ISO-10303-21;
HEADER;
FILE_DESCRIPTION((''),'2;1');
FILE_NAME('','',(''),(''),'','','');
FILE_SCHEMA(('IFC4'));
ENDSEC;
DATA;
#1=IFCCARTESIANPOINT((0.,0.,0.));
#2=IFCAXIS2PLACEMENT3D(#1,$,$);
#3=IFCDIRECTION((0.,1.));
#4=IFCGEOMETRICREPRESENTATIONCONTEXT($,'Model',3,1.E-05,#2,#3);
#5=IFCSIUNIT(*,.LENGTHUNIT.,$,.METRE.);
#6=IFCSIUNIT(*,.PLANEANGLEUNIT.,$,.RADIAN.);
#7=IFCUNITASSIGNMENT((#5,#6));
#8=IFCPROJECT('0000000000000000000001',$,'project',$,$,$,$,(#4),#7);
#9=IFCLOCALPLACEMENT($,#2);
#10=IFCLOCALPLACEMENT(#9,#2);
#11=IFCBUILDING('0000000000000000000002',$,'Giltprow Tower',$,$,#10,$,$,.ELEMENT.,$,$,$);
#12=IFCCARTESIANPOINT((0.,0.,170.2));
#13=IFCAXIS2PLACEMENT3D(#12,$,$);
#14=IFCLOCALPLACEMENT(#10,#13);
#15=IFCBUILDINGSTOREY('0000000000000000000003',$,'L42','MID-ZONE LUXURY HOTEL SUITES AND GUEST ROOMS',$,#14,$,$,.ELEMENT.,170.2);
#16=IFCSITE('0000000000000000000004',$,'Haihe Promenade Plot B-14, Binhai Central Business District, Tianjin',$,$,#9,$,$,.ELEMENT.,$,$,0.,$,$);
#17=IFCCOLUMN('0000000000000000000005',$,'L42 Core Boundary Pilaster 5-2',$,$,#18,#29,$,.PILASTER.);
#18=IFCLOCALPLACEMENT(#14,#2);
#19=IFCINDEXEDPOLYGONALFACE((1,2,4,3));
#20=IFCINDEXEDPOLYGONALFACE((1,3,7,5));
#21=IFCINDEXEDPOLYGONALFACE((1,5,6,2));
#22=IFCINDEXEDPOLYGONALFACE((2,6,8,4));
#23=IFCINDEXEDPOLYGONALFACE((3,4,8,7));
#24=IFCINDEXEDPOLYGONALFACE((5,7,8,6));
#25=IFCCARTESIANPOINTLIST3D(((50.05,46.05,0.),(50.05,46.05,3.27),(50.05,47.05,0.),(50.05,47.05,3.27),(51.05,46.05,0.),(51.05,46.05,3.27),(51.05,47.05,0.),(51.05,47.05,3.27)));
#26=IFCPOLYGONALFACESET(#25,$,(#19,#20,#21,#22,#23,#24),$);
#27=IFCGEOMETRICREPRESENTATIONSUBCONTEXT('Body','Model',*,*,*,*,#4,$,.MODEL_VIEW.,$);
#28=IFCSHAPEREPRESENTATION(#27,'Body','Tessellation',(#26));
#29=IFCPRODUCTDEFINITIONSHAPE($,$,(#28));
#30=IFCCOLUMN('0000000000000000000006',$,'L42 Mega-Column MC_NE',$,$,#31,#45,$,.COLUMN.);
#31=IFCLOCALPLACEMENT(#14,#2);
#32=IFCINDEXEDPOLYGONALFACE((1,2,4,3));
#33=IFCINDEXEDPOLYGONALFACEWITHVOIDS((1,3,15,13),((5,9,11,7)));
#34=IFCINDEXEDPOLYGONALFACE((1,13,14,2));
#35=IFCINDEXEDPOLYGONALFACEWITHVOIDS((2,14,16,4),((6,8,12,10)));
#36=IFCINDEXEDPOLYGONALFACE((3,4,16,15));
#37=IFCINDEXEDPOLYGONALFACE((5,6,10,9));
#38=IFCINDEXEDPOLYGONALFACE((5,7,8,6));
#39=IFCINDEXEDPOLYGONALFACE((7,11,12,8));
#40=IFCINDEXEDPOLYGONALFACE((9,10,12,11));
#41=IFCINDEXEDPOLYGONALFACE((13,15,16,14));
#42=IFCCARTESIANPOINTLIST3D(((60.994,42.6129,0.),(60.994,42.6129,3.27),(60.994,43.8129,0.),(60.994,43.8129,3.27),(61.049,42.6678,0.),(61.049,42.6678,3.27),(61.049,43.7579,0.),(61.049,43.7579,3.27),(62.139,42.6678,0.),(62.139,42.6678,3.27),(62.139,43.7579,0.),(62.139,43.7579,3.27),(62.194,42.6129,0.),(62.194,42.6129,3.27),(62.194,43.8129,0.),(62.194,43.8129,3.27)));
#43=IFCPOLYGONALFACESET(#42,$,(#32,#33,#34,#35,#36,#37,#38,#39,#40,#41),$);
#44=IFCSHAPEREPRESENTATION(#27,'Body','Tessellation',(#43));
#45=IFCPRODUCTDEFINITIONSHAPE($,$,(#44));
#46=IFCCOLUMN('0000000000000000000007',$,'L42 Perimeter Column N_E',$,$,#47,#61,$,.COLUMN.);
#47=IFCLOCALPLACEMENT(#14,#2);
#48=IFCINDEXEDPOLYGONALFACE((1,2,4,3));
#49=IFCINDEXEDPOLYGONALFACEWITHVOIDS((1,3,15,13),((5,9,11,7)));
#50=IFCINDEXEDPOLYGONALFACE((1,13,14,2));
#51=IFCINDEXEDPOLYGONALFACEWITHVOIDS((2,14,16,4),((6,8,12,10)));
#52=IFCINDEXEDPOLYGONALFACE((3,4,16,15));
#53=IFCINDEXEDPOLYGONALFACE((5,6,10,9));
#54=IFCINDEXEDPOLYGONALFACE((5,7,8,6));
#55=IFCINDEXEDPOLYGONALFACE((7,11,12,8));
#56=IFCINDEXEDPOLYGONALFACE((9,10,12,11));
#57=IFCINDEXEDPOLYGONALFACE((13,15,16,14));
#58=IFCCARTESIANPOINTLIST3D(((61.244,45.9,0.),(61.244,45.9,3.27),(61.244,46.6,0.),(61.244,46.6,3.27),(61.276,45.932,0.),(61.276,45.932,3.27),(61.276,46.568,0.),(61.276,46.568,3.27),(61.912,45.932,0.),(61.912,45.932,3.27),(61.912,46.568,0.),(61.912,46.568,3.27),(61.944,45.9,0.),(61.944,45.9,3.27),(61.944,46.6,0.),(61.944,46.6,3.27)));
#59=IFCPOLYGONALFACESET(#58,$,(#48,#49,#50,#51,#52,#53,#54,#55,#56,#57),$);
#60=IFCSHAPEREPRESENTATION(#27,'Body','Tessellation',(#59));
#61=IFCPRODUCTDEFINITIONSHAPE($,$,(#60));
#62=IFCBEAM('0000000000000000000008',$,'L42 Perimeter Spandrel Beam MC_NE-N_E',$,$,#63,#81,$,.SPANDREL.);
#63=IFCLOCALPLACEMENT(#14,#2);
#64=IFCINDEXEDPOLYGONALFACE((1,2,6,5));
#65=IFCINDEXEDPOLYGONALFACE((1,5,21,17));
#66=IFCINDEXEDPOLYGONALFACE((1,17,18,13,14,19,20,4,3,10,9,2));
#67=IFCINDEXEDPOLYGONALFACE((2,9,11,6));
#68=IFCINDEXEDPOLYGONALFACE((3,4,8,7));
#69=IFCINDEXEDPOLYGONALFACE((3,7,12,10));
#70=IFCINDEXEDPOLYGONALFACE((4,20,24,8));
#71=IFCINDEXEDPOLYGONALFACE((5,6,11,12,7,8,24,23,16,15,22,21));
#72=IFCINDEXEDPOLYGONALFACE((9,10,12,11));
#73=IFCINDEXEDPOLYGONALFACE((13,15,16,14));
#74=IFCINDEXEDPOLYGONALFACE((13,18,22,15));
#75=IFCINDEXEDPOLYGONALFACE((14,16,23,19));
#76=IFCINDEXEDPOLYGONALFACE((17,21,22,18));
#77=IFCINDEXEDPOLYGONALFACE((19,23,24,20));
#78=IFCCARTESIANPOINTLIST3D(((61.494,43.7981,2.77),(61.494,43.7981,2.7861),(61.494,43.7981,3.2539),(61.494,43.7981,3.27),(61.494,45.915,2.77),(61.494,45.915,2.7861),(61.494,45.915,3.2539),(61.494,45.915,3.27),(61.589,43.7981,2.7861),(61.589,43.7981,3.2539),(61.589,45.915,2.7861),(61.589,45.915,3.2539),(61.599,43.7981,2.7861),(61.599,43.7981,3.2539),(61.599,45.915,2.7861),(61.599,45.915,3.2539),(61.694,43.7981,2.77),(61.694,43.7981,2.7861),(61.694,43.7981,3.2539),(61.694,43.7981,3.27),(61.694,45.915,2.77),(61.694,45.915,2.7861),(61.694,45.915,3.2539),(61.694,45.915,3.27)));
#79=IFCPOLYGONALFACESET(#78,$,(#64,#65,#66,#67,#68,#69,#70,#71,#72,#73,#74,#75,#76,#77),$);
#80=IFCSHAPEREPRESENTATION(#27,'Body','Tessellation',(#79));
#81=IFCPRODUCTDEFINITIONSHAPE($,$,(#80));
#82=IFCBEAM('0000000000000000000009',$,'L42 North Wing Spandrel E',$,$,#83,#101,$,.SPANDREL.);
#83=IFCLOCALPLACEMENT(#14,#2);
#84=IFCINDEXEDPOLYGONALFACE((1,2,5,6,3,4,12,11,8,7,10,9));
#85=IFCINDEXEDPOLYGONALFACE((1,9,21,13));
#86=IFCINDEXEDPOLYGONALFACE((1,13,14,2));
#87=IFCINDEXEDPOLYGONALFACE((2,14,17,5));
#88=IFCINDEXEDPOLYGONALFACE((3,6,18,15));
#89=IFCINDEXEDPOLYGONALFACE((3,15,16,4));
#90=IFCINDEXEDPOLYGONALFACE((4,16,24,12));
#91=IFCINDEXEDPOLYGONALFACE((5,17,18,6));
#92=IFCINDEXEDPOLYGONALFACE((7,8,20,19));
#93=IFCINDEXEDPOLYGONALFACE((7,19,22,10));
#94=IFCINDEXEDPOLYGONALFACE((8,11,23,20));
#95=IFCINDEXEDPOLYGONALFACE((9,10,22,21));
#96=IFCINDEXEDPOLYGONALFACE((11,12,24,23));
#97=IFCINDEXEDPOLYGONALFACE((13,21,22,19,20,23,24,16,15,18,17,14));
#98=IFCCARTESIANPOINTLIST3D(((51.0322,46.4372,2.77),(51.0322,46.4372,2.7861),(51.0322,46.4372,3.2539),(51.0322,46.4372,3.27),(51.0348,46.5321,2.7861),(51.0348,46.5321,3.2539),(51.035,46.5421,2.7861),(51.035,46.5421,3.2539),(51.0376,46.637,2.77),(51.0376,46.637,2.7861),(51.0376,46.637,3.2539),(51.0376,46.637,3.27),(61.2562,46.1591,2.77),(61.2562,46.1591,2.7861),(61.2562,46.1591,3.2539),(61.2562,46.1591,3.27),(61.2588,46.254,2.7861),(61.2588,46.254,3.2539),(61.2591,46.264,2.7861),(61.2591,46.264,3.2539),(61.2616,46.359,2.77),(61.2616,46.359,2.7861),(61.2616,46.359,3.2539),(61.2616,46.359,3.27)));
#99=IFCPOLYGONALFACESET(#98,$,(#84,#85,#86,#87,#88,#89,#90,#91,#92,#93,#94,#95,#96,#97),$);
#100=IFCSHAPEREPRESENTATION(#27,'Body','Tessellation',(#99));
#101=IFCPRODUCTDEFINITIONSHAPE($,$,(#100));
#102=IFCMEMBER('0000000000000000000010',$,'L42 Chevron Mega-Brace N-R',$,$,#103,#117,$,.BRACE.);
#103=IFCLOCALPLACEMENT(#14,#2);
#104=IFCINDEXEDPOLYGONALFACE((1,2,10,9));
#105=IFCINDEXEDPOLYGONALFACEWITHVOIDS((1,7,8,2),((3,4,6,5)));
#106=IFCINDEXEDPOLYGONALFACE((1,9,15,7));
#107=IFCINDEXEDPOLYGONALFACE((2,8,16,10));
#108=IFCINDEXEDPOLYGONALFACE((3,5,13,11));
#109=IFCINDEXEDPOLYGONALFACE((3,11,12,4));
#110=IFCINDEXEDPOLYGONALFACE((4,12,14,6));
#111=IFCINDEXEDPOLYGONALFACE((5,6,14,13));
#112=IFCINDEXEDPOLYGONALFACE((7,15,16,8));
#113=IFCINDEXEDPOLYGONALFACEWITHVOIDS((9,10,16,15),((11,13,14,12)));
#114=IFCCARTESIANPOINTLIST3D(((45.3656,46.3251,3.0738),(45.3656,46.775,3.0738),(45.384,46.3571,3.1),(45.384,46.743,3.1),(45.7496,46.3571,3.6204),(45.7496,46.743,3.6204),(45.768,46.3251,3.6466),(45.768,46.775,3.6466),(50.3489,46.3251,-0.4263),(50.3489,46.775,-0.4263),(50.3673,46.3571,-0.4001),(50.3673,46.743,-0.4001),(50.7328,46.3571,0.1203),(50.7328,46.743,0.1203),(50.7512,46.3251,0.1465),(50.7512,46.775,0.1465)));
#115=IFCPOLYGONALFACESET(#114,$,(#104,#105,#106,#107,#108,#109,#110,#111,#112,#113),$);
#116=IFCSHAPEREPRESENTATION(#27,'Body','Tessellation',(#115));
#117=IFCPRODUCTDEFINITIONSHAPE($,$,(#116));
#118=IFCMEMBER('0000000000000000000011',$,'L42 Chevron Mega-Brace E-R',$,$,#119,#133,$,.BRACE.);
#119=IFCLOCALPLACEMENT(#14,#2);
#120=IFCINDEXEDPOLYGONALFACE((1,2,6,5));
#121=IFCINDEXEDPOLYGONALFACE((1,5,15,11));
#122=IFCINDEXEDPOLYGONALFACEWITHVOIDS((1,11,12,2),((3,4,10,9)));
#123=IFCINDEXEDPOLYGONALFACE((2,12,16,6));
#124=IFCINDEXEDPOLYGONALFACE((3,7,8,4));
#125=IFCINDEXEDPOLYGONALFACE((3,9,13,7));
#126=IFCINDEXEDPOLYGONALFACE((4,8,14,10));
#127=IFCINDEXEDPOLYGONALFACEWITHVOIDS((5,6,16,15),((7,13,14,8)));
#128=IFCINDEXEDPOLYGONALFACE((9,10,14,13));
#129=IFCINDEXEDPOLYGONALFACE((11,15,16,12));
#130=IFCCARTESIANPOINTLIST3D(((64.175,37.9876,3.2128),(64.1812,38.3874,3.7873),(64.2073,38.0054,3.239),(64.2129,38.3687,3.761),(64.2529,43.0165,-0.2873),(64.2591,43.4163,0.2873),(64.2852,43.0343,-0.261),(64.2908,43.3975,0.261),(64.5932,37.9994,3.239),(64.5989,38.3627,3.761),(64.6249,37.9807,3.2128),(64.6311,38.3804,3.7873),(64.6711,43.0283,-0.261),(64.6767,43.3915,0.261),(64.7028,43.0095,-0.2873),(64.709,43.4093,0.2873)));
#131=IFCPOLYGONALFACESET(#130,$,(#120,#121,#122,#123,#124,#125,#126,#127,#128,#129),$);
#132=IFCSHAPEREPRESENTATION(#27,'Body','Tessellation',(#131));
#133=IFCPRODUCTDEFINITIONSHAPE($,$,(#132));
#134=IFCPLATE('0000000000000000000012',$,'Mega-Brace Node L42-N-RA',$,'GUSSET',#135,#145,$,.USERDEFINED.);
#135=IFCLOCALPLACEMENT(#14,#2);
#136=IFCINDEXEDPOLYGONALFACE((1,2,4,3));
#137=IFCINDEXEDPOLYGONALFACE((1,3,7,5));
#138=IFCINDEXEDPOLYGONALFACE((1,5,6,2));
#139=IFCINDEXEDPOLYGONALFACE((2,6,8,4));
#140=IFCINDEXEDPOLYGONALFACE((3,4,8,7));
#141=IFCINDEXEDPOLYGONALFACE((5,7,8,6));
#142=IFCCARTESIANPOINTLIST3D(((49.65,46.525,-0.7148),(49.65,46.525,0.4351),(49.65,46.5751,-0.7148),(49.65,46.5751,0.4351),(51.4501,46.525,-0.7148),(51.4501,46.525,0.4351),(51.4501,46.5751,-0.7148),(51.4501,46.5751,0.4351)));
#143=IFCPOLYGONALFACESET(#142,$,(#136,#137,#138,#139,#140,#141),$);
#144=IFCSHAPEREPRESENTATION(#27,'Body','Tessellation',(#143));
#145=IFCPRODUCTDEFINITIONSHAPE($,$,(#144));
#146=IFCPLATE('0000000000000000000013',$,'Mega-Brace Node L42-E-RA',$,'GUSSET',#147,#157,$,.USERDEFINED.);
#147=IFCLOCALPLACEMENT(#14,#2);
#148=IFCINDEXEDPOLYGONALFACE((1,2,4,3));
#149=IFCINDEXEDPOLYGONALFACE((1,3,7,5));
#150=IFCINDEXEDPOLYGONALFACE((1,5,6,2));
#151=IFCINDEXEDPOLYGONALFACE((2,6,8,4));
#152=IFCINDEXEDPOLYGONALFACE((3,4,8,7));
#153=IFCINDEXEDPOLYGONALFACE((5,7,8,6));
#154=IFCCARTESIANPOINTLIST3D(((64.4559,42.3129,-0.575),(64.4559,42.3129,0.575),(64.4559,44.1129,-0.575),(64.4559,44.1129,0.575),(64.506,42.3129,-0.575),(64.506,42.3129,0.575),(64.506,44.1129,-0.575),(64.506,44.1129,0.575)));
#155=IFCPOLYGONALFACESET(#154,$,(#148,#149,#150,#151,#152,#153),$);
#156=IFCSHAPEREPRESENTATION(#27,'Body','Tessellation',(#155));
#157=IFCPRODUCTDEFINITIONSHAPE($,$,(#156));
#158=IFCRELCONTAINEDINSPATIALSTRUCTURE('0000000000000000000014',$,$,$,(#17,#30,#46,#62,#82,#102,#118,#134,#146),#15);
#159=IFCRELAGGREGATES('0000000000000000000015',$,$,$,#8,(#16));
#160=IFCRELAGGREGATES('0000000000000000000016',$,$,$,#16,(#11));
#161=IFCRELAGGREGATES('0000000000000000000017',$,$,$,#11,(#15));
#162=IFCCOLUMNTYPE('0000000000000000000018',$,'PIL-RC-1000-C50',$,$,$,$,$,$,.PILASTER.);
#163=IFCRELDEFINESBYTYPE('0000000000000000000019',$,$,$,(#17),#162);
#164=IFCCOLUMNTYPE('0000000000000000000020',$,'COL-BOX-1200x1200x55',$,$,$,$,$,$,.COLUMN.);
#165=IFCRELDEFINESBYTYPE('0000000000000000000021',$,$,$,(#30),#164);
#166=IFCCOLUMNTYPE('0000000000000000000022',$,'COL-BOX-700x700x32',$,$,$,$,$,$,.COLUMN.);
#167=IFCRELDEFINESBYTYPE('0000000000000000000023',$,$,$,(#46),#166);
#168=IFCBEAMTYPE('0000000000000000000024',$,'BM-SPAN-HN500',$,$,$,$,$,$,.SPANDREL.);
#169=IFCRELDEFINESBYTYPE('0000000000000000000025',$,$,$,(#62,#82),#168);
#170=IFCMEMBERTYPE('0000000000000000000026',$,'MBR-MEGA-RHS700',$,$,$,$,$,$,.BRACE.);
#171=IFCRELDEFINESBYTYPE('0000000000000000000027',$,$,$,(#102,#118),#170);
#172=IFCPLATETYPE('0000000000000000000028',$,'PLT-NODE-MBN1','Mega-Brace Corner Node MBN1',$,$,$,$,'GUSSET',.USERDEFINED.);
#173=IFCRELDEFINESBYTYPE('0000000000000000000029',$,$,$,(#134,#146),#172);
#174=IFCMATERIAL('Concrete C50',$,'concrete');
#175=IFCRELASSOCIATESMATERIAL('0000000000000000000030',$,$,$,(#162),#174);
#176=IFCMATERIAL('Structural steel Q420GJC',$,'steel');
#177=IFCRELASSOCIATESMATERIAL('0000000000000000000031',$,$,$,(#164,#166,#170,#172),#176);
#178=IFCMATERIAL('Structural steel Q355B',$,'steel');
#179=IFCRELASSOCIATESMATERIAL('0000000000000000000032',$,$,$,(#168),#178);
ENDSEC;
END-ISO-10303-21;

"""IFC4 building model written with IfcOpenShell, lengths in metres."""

from ifc_helpers import new_model, si_unit, direction, frame, origin, origin_2d, place, context, subcontext, project, spatial, rectangle, hollow_rectangle, i_section, extrude, source, transform, mapped, material, material_profile, profile_set, type_object, element, save


model = new_model("IFC4")

# Units and contexts
model_context = context("Model", 3, precision=1e-05, world=origin(), true_north=direction((0.0, 1.0)))
body_context = subcontext(model_context, "Body", "Model", "MODEL_VIEW")
ifc_project = project(units=[si_unit("LENGTHUNIT", "METRE"), si_unit("PLANEANGLEUNIT", "RADIAN")], contexts=[model_context])

# Site, building, storey
site_placement = place(None, origin())
site = spatial("IfcSite", under=ifc_project, at=site_placement, Name="Haihe Promenade Plot B-14, Binhai Central Business District, Tianjin", CompositionType="ELEMENT", RefElevation=0.0)
building_placement = place(site_placement, origin())
building = spatial("IfcBuilding", under=site, at=building_placement, Name="Giltprow Tower", CompositionType="ELEMENT")
storey_placement = place(building_placement, frame((0.0, 0.0, 170.2)))
storey = spatial("IfcBuildingStorey", under=building, at=storey_placement, Name="L42", Description="MID-ZONE LUXURY HOTEL SUITES AND GUEST ROOMS", CompositionType="ELEMENT", Elevation=170.2)

# Columns
ifc_material_1 = material(Name="Concrete C50", Category="concrete")
ifc_material_profile_1 = material_profile(ifc_material_1, rectangle(XDim=1.0, YDim=1.0, at=origin_2d()), Name="RC 1000x1000")
ifc_profile_set_1 = profile_set([ifc_material_profile_1], Name="Concrete C50")
column_type_1 = type_object("IfcColumnType", Name="PIL-RC-1000-C50", PredefinedType="PILASTER", material=ifc_profile_set_1)
shared_shape_1 = source(origin(), body_context, "Body", "SweptSolid", [
    extrude(rectangle(XDim=1.0, YDim=1.0, at=origin_2d()), origin(), (0.0, 0.0, 1.0), 3.27),
])
column_1_placement = place(storey_placement, frame((50.55, 46.55, 0.0), z_axis=(0.0, 0.0, 1.0), x_axis=(1.0, 0.0, 0.0)))
element("IfcColumn", 1, at=column_1_placement, inside=storey, type_object=column_type_1, Name="L42 Core Boundary Pilaster 5-2", PredefinedType="PILASTER", context=body_context, shape_type="MappedRepresentation", body=[
    mapped(shared_shape_1, transform((0.0, 0.0, 0.0), x_axis=(1.0, 0.0, 0.0), y_axis=(0.0, 1.0, 0.0), z_axis=(0.0, 0.0, 1.0), scale=1.0)),
])
ifc_material_2 = material(Name="Structural steel Q420GJC", Category="steel")
ifc_material_profile_2 = material_profile(ifc_material_2, hollow_rectangle(XDim=1.2, YDim=1.2, WallThickness=0.0549, at=origin_2d()), Name="BOX 1200x1200x55")
ifc_profile_set_2 = profile_set([ifc_material_profile_2], Name="Structural steel Q420GJC")
column_type_2 = type_object("IfcColumnType", Name="COL-BOX-1200x1200x55", PredefinedType="COLUMN", material=ifc_profile_set_2)
shared_shape_2 = source(origin(), body_context, "Body", "SweptSolid", [
    extrude(hollow_rectangle(XDim=1.2, YDim=1.2, WallThickness=0.0549, at=origin_2d()), origin(), (0.0, 0.0, 1.0), 3.27),
])
column_2_placement = place(storey_placement, frame((61.594, 43.2129, 0.0), z_axis=(0.0, 0.0, 1.0), x_axis=(1.0, 0.0, 0.0)))
element("IfcColumn", 2, at=column_2_placement, inside=storey, type_object=column_type_2, Name="L42 Mega-Column MC_NE", PredefinedType="COLUMN", context=body_context, shape_type="MappedRepresentation", body=[
    mapped(shared_shape_2, transform((0.0, 0.0, 0.0), x_axis=(1.0, 0.0, 0.0), y_axis=(0.0, 1.0, 0.0), z_axis=(0.0, 0.0, 1.0), scale=1.0)),
])
ifc_material_profile_3 = material_profile(ifc_material_2, hollow_rectangle(XDim=0.7, YDim=0.7, WallThickness=0.032, at=origin_2d()), Name="BOX 700x700x32")
ifc_profile_set_3 = profile_set([ifc_material_profile_3], Name="Structural steel Q420GJC")
column_type_3 = type_object("IfcColumnType", Name="COL-BOX-700x700x32", PredefinedType="COLUMN", material=ifc_profile_set_3)
shared_shape_3 = source(origin(), body_context, "Body", "SweptSolid", [
    extrude(hollow_rectangle(XDim=0.7, YDim=0.7, WallThickness=0.032, at=origin_2d()), origin(), (0.0, 0.0, 1.0), 3.27),
])
column_3_placement = place(storey_placement, frame((61.594, 46.25, 0.0), z_axis=(0.0, 0.0, 1.0), x_axis=(1.0, 0.0, 0.0)))
element("IfcColumn", 3, at=column_3_placement, inside=storey, type_object=column_type_3, Name="L42 Perimeter Column N_E", PredefinedType="COLUMN", context=body_context, shape_type="MappedRepresentation", body=[
    mapped(shared_shape_3, transform((0.0, 0.0, 0.0), x_axis=(1.0, 0.0, 0.0), y_axis=(0.0, 1.0, 0.0), z_axis=(0.0, 0.0, 1.0), scale=1.0)),
])

# Beams
ifc_material_3 = material(Name="Structural steel Q355B", Category="steel")
ifc_material_profile_4 = material_profile(ifc_material_3, i_section(OverallWidth=0.2, OverallDepth=0.5, WebThickness=0.01, FlangeThickness=0.0161, at=origin_2d()), Name="HN 500x200x10x16")
ifc_profile_set_4 = profile_set([ifc_material_profile_4], Name="Structural steel Q355B")
beam_type = type_object("IfcBeamType", Name="BM-SPAN-HN500", PredefinedType="SPANDREL", material=ifc_profile_set_4)
shared_shape_4 = source(origin(), body_context, "Body", "SweptSolid", [
    extrude(i_section(OverallWidth=0.2, OverallDepth=0.5, WebThickness=0.01, FlangeThickness=0.0161, at=origin_2d()), origin(), (0.0, 0.0, 1.0), 2.1169),
])
beam_1_placement = place(storey_placement, frame((61.594, 43.7981, 3.02), z_axis=(0.0, 1.0, 0.0), x_axis=(-1.0, 0.0, 0.0)))
element("IfcBeam", 4, at=beam_1_placement, inside=storey, type_object=beam_type, Name="L42 Perimeter Spandrel Beam MC_NE-N_E", PredefinedType="SPANDREL", context=body_context, shape_type="MappedRepresentation", body=[
    mapped(shared_shape_4, transform((0.0, 0.0, 0.0), x_axis=(1.0, 0.0, 0.0), y_axis=(0.0, 1.0, 0.0), z_axis=(0.0, 0.0, 1.0), scale=1.0)),
])
shared_shape_5 = source(origin(), body_context, "Body", "SweptSolid", [
    extrude(i_section(OverallWidth=0.2, OverallDepth=0.5, WebThickness=0.01, FlangeThickness=0.0161, at=origin_2d()), origin(), (0.0, 0.0, 1.0), 10.2278),
])
beam_2_placement = place(storey_placement, frame((51.0349, 46.5371, 3.02), z_axis=(0.99963, -0.027188, 0.0), x_axis=(0.027188, 0.99963, 0.0)))
element("IfcBeam", 5, at=beam_2_placement, inside=storey, type_object=beam_type, Name="L42 North Wing Spandrel E", PredefinedType="SPANDREL", context=body_context, shape_type="MappedRepresentation", body=[
    mapped(shared_shape_5, transform((0.0, 0.0, 0.0), x_axis=(1.0, 0.0, 0.0), y_axis=(0.0, 1.0, 0.0), z_axis=(0.0, 0.0, 1.0), scale=1.0)),
])

# Members
ifc_material_profile_5 = material_profile(ifc_material_2, hollow_rectangle(XDim=0.45, YDim=0.7, WallThickness=0.032, at=origin_2d()), Name="RHS 700x450x32")
ifc_profile_set_5 = profile_set([ifc_material_profile_5], Name="Structural steel Q420GJC")
member_type = type_object("IfcMemberType", Name="MBR-MEGA-RHS700", PredefinedType="BRACE", material=ifc_profile_set_5)
shared_shape_6 = source(origin(), body_context, "Body", "SweptSolid", [
    extrude(hollow_rectangle(XDim=0.45, YDim=0.7, WallThickness=0.032, at=origin_2d()), origin(), (0.0, 0.0, 1.0), 6.0896),
])
member_1_placement = place(storey_placement, frame((50.55, 46.55, -0.1399), z_axis=(-0.818321, 0.0, 0.574761), x_axis=(0.0, -1.0, 0.0)))
element("IfcMember", 6, at=member_1_placement, inside=storey, type_object=member_type, Name="L42 Chevron Mega-Brace N-R", PredefinedType="BRACE", context=body_context, shape_type="MappedRepresentation", body=[
    mapped(shared_shape_6, transform((0.0, 0.0, 0.0), x_axis=(1.0, 0.0, 0.0), y_axis=(0.0, 1.0, 0.0), z_axis=(0.0, 0.0, 1.0), scale=1.0)),
])
shared_shape_7 = source(origin(), body_context, "Body", "SweptSolid", [
    extrude(hollow_rectangle(XDim=0.45, YDim=0.7, WallThickness=0.032, at=origin_2d()), origin(), (0.0, 0.0, 1.0), 6.1274),
])
member_2_placement = place(storey_placement, frame((64.481, 43.2129, 0.0), z_axis=(-0.01271, -0.820709, 0.571205), x_axis=(0.99988, -0.015485, 0.0)))
element("IfcMember", 7, at=member_2_placement, inside=storey, type_object=member_type, Name="L42 Chevron Mega-Brace E-R", PredefinedType="BRACE", context=body_context, shape_type="MappedRepresentation", body=[
    mapped(shared_shape_7, transform((0.0, 0.0, 0.0), x_axis=(1.0, 0.0, 0.0), y_axis=(0.0, 1.0, 0.0), z_axis=(0.0, 0.0, 1.0), scale=1.0)),
])

# Plates
plate_type = type_object("IfcPlateType", Name="PLT-NODE-MBN1", Description="Mega-Brace Corner Node MBN1", ElementType="GUSSET", PredefinedType="USERDEFINED", material=ifc_material_2)
shared_shape_8 = source(origin(), body_context, "Body", "SweptSolid", [
    extrude(rectangle(XDim=1.8, YDim=0.05, at=origin_2d()), origin(), (0.0, 0.0, 1.0), 1.1499),
])
for number, where, z_axis, x_axis, name in (
    (8, (50.55, 46.55, -0.7148), (0.0, 0.0, 1.0), (1.0, 0.0, 0.0), "Mega-Brace Node L42-N-RA"),
    (9, (64.481, 43.2129, -0.575), (0.0, 0.0, 1.0), (0.0, 1.0, 0.0), "Mega-Brace Node L42-E-RA"),
):
    element("IfcPlate", number, at=place(storey_placement, frame(where, z_axis=z_axis, x_axis=x_axis)), inside=storey, type_object=plate_type, Name=name, ObjectType="GUSSET", PredefinedType="USERDEFINED", context=body_context, shape_type="MappedRepresentation", body=[
        mapped(shared_shape_8, transform((0.0, 0.0, 0.0), x_axis=(1.0, 0.0, 0.0), y_axis=(0.0, 1.0, 0.0), z_axis=(0.0, 0.0, 1.0), scale=1.0)),
    ])

save(model, "model.ifc")
